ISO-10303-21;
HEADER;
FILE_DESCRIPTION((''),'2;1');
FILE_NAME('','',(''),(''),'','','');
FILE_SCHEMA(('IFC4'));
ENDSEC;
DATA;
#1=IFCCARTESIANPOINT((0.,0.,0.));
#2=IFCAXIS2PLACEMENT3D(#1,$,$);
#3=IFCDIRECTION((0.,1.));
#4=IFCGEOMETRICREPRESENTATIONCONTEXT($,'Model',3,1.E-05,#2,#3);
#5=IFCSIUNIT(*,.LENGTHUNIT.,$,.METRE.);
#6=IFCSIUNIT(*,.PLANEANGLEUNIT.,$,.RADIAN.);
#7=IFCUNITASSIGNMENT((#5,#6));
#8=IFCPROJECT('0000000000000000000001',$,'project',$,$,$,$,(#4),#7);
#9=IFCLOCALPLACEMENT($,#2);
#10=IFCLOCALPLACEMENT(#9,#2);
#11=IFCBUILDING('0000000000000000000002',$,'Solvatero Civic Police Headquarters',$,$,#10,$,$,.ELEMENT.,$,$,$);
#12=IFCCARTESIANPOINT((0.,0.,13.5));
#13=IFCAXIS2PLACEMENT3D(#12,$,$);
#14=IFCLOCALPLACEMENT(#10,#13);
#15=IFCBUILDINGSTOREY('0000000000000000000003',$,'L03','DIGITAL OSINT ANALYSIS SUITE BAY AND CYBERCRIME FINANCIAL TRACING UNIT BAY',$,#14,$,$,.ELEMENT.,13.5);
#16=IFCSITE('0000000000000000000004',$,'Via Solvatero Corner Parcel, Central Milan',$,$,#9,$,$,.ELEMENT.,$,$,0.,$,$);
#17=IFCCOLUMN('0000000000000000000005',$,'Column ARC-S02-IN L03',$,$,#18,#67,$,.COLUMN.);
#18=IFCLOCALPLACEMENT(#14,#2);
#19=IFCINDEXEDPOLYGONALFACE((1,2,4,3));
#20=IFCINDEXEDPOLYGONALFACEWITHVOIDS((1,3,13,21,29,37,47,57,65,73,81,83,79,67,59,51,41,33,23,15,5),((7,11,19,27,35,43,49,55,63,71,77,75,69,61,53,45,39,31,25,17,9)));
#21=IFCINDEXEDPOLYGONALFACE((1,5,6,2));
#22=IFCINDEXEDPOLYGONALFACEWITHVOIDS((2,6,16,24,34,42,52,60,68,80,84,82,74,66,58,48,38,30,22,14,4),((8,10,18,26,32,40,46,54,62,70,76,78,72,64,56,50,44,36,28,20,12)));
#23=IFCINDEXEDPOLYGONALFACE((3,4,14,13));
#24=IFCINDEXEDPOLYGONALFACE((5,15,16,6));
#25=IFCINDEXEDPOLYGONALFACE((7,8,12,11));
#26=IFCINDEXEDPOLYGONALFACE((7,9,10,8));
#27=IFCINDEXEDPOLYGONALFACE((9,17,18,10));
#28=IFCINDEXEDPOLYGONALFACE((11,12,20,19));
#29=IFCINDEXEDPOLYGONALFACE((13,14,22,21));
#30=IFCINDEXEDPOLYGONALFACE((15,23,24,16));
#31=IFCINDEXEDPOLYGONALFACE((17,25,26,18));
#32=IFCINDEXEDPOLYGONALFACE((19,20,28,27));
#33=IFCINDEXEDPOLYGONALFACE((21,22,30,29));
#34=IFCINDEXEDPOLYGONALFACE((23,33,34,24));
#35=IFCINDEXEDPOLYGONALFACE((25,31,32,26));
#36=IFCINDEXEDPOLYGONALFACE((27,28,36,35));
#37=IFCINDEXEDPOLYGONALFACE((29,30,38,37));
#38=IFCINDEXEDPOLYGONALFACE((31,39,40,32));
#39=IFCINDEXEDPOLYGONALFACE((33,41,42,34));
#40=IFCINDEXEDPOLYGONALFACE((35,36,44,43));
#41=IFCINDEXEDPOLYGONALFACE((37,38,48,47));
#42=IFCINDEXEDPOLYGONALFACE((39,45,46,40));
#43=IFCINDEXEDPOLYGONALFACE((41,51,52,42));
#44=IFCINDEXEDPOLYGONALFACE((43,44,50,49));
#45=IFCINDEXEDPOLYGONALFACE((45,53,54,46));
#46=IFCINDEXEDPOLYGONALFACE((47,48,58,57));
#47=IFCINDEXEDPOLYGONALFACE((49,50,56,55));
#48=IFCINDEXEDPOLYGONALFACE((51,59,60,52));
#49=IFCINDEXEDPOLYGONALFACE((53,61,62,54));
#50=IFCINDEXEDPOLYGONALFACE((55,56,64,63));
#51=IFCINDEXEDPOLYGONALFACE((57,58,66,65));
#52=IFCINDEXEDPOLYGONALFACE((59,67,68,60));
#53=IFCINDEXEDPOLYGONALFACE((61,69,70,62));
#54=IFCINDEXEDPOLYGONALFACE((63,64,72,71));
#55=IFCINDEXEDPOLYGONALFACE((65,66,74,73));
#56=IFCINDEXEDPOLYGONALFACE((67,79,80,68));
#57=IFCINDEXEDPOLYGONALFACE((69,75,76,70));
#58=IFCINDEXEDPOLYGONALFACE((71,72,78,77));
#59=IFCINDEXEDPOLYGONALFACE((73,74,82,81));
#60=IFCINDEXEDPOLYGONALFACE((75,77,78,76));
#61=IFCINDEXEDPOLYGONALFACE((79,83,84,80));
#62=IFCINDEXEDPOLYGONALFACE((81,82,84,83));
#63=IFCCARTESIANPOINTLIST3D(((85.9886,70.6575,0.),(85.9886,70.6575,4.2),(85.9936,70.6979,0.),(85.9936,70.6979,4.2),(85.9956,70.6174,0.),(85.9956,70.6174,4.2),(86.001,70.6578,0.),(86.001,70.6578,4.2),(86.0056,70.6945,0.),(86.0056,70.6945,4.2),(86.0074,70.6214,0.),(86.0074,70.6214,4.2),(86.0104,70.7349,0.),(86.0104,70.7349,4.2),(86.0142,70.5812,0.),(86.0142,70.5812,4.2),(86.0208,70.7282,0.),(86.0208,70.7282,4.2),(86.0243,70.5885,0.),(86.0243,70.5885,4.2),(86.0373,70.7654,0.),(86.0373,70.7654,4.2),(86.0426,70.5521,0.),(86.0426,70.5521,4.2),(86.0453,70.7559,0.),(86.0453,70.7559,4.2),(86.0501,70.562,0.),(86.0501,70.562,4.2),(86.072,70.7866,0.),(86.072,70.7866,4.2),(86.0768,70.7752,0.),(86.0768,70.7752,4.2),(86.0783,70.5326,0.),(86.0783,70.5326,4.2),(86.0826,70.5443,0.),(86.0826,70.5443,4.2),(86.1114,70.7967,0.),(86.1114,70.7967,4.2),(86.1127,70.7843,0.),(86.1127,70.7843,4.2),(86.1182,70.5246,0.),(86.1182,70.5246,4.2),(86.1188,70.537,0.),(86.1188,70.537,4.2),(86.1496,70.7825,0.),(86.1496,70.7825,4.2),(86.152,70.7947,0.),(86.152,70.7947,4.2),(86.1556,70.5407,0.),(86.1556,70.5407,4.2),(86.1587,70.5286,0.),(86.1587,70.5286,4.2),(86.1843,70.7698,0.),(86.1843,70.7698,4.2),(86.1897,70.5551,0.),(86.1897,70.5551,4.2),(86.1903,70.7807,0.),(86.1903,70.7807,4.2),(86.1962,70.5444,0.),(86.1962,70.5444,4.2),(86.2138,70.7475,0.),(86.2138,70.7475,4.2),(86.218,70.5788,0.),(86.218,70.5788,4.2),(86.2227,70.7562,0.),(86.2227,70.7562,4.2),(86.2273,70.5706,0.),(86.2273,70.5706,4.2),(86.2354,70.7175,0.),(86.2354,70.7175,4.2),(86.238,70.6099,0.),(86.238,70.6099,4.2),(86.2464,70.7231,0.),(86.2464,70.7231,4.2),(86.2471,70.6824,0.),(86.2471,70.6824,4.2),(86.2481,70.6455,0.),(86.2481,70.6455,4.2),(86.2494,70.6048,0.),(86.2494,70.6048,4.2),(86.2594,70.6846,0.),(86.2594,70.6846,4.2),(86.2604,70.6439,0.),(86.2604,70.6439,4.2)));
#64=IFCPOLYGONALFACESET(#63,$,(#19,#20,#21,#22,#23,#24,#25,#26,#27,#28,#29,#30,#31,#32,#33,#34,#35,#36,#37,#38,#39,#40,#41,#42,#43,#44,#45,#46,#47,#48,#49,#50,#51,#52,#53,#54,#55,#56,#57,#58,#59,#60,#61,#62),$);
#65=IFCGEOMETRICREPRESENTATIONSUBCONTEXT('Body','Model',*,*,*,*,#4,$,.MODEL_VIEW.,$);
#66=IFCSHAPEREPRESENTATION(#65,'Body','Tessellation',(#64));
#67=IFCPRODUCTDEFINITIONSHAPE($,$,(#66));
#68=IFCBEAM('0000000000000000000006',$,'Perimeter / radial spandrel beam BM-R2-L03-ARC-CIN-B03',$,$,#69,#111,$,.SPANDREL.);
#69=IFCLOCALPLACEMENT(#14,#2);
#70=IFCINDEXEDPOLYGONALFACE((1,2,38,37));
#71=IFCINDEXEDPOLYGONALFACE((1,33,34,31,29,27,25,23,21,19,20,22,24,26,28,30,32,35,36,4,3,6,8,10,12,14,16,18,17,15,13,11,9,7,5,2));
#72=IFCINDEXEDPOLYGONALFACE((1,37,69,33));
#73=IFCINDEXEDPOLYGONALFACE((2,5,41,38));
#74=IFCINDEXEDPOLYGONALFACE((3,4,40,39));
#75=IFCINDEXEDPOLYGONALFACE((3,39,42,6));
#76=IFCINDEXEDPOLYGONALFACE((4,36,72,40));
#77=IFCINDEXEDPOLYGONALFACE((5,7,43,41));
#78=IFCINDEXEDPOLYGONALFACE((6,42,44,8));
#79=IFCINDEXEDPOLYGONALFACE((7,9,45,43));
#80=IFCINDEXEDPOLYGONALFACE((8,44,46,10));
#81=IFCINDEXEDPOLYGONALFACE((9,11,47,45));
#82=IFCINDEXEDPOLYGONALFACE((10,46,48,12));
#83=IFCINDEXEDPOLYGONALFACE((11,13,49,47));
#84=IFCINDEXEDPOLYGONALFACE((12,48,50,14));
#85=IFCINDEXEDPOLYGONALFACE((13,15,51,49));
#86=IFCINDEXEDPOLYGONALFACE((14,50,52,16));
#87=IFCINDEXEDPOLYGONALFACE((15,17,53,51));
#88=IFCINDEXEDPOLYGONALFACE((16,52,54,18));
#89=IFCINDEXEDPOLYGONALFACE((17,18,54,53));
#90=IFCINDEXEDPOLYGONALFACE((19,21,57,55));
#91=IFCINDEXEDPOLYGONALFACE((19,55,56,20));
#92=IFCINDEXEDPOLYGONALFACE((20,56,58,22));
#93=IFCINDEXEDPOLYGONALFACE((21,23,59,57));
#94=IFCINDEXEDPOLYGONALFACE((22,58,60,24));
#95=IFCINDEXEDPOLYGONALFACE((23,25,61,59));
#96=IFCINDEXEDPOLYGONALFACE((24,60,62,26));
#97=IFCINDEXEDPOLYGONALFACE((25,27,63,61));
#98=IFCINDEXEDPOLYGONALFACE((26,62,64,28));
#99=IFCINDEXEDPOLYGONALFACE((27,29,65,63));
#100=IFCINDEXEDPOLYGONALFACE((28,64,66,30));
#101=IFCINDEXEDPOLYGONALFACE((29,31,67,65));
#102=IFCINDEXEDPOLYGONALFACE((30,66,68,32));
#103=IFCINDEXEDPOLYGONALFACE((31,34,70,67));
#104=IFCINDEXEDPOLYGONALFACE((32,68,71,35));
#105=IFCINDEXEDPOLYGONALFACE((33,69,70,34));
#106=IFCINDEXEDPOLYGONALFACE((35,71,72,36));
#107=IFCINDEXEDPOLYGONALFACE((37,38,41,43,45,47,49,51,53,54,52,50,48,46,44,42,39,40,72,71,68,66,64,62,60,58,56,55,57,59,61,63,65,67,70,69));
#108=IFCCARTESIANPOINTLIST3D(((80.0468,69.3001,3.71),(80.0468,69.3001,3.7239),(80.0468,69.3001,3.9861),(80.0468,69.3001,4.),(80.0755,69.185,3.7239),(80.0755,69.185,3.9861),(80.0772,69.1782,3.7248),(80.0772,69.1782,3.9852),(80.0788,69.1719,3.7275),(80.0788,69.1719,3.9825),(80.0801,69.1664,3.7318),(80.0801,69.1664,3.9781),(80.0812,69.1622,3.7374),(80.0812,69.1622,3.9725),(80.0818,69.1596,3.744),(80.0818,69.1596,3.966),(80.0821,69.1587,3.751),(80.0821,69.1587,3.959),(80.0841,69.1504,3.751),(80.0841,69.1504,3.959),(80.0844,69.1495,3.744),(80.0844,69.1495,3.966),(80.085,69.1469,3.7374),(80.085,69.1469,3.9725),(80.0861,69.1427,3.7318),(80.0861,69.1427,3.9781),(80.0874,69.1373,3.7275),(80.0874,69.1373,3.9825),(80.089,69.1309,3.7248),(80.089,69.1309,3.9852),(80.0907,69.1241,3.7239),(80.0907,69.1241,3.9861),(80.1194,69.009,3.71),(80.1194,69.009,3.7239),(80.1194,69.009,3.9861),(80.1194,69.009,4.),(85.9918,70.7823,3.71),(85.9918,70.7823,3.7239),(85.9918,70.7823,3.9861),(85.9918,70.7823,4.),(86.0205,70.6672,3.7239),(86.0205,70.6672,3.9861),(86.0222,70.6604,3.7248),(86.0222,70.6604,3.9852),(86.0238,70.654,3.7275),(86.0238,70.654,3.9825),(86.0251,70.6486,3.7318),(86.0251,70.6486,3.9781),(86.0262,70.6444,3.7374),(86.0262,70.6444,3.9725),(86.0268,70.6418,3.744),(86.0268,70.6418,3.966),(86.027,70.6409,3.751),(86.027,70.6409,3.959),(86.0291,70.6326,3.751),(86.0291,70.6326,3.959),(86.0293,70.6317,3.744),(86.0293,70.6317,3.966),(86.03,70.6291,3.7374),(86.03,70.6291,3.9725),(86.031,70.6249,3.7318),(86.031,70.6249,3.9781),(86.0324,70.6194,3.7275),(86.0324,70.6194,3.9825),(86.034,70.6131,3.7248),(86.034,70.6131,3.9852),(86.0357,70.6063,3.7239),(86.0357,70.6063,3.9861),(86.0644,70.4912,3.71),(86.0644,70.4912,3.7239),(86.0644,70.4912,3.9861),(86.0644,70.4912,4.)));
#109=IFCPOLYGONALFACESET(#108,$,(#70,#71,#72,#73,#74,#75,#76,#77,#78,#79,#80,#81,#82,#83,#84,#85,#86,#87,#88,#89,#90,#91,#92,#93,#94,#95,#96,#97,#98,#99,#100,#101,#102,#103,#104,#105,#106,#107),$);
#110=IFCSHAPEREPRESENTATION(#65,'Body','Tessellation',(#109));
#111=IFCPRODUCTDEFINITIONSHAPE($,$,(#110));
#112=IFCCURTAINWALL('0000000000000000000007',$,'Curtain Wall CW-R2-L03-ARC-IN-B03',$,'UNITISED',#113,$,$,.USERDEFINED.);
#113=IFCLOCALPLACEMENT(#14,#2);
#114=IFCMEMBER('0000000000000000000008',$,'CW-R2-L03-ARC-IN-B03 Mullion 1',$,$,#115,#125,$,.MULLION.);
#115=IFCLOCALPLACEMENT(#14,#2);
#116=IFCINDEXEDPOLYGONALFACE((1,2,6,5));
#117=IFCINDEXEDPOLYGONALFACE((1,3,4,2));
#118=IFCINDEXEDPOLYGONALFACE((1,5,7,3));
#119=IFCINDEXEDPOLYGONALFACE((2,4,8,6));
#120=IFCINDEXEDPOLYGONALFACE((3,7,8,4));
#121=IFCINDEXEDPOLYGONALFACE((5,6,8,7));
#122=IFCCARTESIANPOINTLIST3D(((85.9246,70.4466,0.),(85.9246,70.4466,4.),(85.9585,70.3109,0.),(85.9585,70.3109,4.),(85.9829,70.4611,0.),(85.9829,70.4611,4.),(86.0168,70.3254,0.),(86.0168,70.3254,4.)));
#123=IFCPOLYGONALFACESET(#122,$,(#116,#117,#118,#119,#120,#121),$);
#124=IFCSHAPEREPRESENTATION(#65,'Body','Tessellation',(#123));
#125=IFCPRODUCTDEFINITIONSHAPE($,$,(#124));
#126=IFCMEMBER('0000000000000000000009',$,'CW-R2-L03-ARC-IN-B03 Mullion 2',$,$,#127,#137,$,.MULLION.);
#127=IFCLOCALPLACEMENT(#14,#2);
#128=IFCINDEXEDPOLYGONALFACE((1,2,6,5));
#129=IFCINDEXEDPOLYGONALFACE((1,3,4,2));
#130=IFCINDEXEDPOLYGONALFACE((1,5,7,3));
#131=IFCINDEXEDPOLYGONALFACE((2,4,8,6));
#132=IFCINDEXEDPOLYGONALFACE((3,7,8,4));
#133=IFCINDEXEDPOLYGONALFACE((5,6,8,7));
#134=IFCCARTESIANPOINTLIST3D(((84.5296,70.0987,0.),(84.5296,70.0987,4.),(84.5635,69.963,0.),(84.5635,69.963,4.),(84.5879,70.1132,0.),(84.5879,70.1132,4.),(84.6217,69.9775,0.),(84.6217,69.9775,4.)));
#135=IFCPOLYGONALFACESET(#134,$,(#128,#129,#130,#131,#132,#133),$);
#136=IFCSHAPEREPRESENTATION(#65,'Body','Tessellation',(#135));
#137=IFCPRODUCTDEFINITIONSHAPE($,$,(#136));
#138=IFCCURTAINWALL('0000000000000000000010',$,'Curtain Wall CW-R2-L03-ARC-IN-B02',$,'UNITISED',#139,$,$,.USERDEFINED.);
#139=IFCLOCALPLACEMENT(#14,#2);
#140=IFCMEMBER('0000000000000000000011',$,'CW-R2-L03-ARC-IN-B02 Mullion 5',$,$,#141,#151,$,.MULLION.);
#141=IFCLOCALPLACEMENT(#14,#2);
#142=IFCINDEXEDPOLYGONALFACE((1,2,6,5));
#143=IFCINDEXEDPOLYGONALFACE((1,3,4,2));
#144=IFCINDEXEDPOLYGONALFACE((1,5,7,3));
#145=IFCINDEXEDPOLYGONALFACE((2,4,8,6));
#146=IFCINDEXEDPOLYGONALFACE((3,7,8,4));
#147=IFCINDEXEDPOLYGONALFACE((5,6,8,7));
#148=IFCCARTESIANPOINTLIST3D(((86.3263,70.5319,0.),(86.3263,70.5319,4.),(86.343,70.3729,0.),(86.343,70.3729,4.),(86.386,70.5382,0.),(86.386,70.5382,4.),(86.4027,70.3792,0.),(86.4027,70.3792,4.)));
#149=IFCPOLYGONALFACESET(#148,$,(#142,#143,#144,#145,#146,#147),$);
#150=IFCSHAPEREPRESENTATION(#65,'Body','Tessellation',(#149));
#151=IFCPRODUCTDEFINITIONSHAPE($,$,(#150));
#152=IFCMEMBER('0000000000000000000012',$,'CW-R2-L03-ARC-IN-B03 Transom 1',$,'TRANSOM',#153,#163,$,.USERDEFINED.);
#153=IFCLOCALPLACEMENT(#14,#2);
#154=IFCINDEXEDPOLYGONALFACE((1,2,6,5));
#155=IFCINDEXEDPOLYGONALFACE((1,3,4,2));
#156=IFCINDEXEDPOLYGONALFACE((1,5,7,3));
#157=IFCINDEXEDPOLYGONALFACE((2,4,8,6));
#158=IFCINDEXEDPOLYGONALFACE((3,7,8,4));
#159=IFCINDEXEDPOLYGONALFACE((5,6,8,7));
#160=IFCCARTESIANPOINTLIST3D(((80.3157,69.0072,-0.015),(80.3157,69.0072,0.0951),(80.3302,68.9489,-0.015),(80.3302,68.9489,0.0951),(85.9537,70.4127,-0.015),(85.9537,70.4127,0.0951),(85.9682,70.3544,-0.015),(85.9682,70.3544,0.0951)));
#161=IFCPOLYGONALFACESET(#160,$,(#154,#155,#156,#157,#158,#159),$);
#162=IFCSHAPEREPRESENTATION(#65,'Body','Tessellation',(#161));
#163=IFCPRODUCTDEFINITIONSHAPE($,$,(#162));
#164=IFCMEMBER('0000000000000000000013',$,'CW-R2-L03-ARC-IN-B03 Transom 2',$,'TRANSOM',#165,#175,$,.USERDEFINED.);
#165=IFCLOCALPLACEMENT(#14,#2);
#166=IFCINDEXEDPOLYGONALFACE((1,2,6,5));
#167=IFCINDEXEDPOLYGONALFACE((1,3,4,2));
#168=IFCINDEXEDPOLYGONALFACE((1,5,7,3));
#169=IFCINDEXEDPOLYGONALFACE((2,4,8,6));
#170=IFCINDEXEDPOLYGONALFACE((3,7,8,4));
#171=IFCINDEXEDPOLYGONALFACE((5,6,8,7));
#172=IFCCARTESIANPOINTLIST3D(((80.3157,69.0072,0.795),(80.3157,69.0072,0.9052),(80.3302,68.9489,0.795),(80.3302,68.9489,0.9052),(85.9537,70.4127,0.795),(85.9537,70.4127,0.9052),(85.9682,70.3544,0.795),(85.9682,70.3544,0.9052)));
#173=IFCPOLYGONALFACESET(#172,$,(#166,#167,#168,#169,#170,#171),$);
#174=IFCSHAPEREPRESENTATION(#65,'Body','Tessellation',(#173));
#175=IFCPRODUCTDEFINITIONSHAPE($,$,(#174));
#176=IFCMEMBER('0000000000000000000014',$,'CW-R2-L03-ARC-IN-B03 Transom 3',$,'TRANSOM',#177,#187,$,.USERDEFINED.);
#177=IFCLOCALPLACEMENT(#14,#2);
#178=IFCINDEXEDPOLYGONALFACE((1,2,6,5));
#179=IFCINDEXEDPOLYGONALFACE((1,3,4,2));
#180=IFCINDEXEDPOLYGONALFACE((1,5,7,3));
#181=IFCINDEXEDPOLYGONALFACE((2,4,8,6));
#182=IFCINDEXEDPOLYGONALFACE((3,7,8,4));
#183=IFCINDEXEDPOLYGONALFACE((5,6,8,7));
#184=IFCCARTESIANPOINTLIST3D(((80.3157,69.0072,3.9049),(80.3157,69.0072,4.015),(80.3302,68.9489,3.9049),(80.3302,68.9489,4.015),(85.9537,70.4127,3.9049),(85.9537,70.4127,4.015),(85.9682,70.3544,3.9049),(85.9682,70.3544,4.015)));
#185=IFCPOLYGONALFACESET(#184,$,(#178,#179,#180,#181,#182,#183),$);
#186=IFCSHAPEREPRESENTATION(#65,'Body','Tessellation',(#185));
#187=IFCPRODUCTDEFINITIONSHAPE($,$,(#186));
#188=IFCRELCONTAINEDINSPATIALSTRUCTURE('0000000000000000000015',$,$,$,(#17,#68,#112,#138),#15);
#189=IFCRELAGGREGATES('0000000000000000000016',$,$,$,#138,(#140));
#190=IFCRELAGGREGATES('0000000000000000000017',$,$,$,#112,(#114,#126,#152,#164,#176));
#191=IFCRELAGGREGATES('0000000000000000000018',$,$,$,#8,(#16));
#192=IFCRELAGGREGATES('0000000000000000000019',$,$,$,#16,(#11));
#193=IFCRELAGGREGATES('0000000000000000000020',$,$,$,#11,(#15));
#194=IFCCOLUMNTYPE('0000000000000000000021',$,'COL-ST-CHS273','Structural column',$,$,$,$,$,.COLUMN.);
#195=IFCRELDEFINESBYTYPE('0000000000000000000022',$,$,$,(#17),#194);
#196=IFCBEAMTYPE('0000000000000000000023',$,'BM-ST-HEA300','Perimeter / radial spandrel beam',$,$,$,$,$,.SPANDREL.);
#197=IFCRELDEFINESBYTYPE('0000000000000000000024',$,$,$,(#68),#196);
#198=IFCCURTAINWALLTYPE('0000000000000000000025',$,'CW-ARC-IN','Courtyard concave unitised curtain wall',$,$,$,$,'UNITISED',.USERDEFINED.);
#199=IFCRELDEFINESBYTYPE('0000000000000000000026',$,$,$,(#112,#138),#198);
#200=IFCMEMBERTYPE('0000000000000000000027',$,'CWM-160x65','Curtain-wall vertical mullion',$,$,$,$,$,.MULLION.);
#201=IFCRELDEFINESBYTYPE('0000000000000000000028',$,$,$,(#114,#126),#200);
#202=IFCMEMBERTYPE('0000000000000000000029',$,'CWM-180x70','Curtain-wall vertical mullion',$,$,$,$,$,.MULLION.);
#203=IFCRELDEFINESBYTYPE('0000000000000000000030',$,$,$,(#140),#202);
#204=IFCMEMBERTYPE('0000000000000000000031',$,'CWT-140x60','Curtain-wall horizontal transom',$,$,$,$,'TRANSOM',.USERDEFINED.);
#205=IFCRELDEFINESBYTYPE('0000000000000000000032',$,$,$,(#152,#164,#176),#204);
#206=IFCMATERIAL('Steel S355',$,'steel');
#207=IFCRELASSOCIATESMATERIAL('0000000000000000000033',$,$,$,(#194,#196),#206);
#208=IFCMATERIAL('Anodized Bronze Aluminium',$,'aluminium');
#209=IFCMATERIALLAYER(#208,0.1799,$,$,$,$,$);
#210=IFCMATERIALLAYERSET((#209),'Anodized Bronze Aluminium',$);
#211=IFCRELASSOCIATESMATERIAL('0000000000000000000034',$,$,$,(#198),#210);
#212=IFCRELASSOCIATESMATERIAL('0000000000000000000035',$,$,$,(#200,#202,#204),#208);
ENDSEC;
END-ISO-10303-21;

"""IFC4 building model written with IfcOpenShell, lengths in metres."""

from ifc_helpers import new_model, si_unit, direction, frame, origin, origin_2d, place, context, subcontext, project, spatial, rectangle, hollow_circle, i_section, extrude, material, layer, layer_set, material_profile, profile_set, type_object, element, aggregate, save


model = new_model("IFC4")

# Units and contexts
model_context = context("Model", 3, precision=1e-05, world=origin(), true_north=direction((0.0, 1.0)))
body_context = subcontext(model_context, "Body", "Model", "MODEL_VIEW")
ifc_project = project(units=[si_unit("LENGTHUNIT", "METRE"), si_unit("PLANEANGLEUNIT", "RADIAN")], contexts=[model_context])

# Site, building, storey
site_placement = place(None, origin())
site = spatial("IfcSite", under=ifc_project, at=site_placement, Name="Via Solvatero Corner Parcel, Central Milan", CompositionType="ELEMENT", RefElevation=0.0)
building_placement = place(site_placement, origin())
building = spatial("IfcBuilding", under=site, at=building_placement, Name="Solvatero Civic Police Headquarters", CompositionType="ELEMENT")
storey_placement = place(building_placement, frame((0.0, 0.0, 13.5)))
storey = spatial("IfcBuildingStorey", under=building, at=storey_placement, Name="L03", Description="DIGITAL OSINT ANALYSIS SUITE BAY AND CYBERCRIME FINANCIAL TRACING UNIT BAY", CompositionType="ELEMENT", Elevation=13.5)

# Column
ifc_material_1 = material(Name="Steel S355", Category="steel")
ifc_material_profile_1 = material_profile(ifc_material_1, hollow_circle(Radius=0.1365, WallThickness=0.0125, at=origin_2d()), Name="CHS 273.0x12.5")
ifc_profile_set_1 = profile_set([ifc_material_profile_1], Name="Steel S355")
column_type = type_object("IfcColumnType", Name="COL-ST-CHS273", Description="Structural column", PredefinedType="COLUMN", material=ifc_profile_set_1)
column_placement = place(storey_placement, frame((86.125, 70.6609, 0.0), z_axis=(0.0, 0.0, 1.0), x_axis=(0.984808, 0.173648, 0.0)))
element("IfcColumn", 1, at=column_placement, inside=storey, type_object=column_type, Name="Column ARC-S02-IN L03", PredefinedType="COLUMN", context=body_context, shape_type="SweptSolid", body=[
    extrude(hollow_circle(Radius=0.1365, WallThickness=0.0125, at=origin_2d()), origin(), (0.0, 0.0, 1.0), 4.2),
])

# Beam
ifc_material_profile_2 = material_profile(ifc_material_1, i_section(OverallWidth=0.3, OverallDepth=0.29, WebThickness=0.0085, FlangeThickness=0.0139, FilletRadius=0.0271, at=origin_2d()), Name="HEA 300")
ifc_profile_set_2 = profile_set([ifc_material_profile_2], Name="Steel S355")
beam_type = type_object("IfcBeamType", Name="BM-ST-HEA300", Description="Perimeter / radial spandrel beam", PredefinedType="SPANDREL", material=ifc_profile_set_2)
beam_placement = place(storey_placement, frame((86.0281, 70.6367, 3.855), z_axis=(-0.970299, -0.241907, 0.0), x_axis=(0.241907, -0.970299, 0.0)))
element("IfcBeam", 2, at=beam_placement, inside=storey, type_object=beam_type, Name="Perimeter / radial spandrel beam BM-R2-L03-ARC-CIN-B03", PredefinedType="SPANDREL", context=body_context, shape_type="SweptSolid", body=[
    extrude(i_section(OverallWidth=0.3, OverallDepth=0.29, WebThickness=0.0085, FlangeThickness=0.0139, FilletRadius=0.0271, at=origin_2d()), origin(), (0.0, 0.0, 1.0), 6.127),
])

# Curtain wall, members
ifc_material_2 = material(Name="Anodized Bronze Aluminium", Category="aluminium")
ifc_layer_1 = layer(ifc_material_2, 0.1799)
ifc_layer_set_1 = layer_set([ifc_layer_1], Name="Anodized Bronze Aluminium")
curtain_wall_type = type_object("IfcCurtainWallType", Name="CW-ARC-IN", Description="Courtyard concave unitised curtain wall", ElementType="UNITISED", PredefinedType="USERDEFINED", material=ifc_layer_set_1)
curtain_wall_1_placement = place(storey_placement, origin())
curtain_wall_1 = element("IfcCurtainWall", 3, at=curtain_wall_1_placement, inside=storey, type_object=curtain_wall_type, Name="Curtain Wall CW-R2-L03-ARC-IN-B03", ObjectType="UNITISED", PredefinedType="USERDEFINED")
ifc_material_profile_3 = material_profile(ifc_material_2, rectangle(XDim=0.0601, YDim=0.1399, at=origin_2d()), Name="ALU MULLION 60x140")
ifc_profile_set_3 = profile_set([ifc_material_profile_3], Name="Anodized Bronze Aluminium")
member_type_1 = type_object("IfcMemberType", Name="CWM-160x65", Description="Curtain-wall vertical mullion", PredefinedType="MULLION", material=ifc_profile_set_3)
member_1_placement = place(storey_placement, frame((85.9707, 70.386, 0.0), z_axis=(0.0, 0.0, 1.0), x_axis=(-0.9703, -0.241905, 0.0)))
member_1 = element("IfcMember", 4, at=member_1_placement, type_object=member_type_1, Name="CW-R2-L03-ARC-IN-B03 Mullion 1", PredefinedType="MULLION", context=body_context, shape_type="SweptSolid", body=[
    extrude(rectangle(XDim=0.0601, YDim=0.1399, at=origin_2d()), origin(), (0.0, 0.0, 1.0), 4.0),
])
member_2_placement = place(storey_placement, frame((84.5757, 70.0381, 0.0), z_axis=(0.0, 0.0, 1.0), x_axis=(-0.9703, -0.241905, 0.0)))
member_2 = element("IfcMember", 5, at=member_2_placement, type_object=member_type_1, Name="CW-R2-L03-ARC-IN-B03 Mullion 2", PredefinedType="MULLION", context=body_context, shape_type="SweptSolid", body=[
    extrude(rectangle(XDim=0.0601, YDim=0.1399, at=origin_2d()), origin(), (0.0, 0.0, 1.0), 4.0),
])

# Curtain wall, member
curtain_wall_2_placement = place(storey_placement, origin())
curtain_wall_2 = element("IfcCurtainWall", 6, at=curtain_wall_2_placement, inside=storey, type_object=curtain_wall_type, Name="Curtain Wall CW-R2-L03-ARC-IN-B02", ObjectType="UNITISED", PredefinedType="USERDEFINED")
ifc_material_profile_4 = material_profile(ifc_material_2, rectangle(XDim=0.0601, YDim=0.1599, at=origin_2d()), Name="ALU MULLION 60x160")
ifc_profile_set_4 = profile_set([ifc_material_profile_4], Name="Anodized Bronze Aluminium")
member_type_2 = type_object("IfcMemberType", Name="CWM-180x70", Description="Curtain-wall vertical mullion", PredefinedType="MULLION", material=ifc_profile_set_4)
member_3_placement = place(storey_placement, frame((86.3645, 70.4556, 0.0), z_axis=(0.0, 0.0, 1.0), x_axis=(-0.994522, -0.104528, 0.0)))
member_3 = element("IfcMember", 7, at=member_3_placement, type_object=member_type_2, Name="CW-R2-L03-ARC-IN-B02 Mullion 5", PredefinedType="MULLION", context=body_context, shape_type="SweptSolid", body=[
    extrude(rectangle(XDim=0.0601, YDim=0.1599, at=origin_2d()), origin(), (0.0, 0.0, 1.0), 4.0),
])
aggregate(curtain_wall_2, [member_3])

# Members
ifc_material_profile_5 = material_profile(ifc_material_2, rectangle(XDim=0.0601, YDim=0.1101, at=origin_2d()), Name="ALU TRANSOM 60x110")
ifc_profile_set_5 = profile_set([ifc_material_profile_5], Name="Anodized Bronze Aluminium")
member_type_3 = type_object("IfcMemberType", Name="CWT-140x60", Description="Curtain-wall horizontal transom", ElementType="TRANSOM", PredefinedType="USERDEFINED", material=ifc_profile_set_5)
member_4_placement = place(storey_placement, frame((85.9609, 70.3835, 0.04), z_axis=(-0.970303, -0.241893, 0.0), x_axis=(0.241893, -0.970303, 0.0)))
member_4 = element("IfcMember", 8, at=member_4_placement, type_object=member_type_3, Name="CW-R2-L03-ARC-IN-B03 Transom 1", ObjectType="TRANSOM", PredefinedType="USERDEFINED", context=body_context, shape_type="SweptSolid", body=[
    extrude(rectangle(XDim=0.0601, YDim=0.1101, at=origin_2d()), origin(), (0.0, 0.0, 1.0), 5.8105),
])
member_5_placement = place(storey_placement, frame((85.9609, 70.3835, 0.8501), z_axis=(-0.970303, -0.241893, 0.0), x_axis=(0.241893, -0.970303, 0.0)))
member_5 = element("IfcMember", 9, at=member_5_placement, type_object=member_type_3, Name="CW-R2-L03-ARC-IN-B03 Transom 2", ObjectType="TRANSOM", PredefinedType="USERDEFINED", context=body_context, shape_type="SweptSolid", body=[
    extrude(rectangle(XDim=0.0601, YDim=0.1101, at=origin_2d()), origin(), (0.0, 0.0, 1.0), 5.8105),
])
member_6_placement = place(storey_placement, frame((85.9609, 70.3835, 3.96), z_axis=(-0.970303, -0.241893, 0.0), x_axis=(0.241893, -0.970303, 0.0)))
member_6 = element("IfcMember", 10, at=member_6_placement, type_object=member_type_3, Name="CW-R2-L03-ARC-IN-B03 Transom 3", ObjectType="TRANSOM", PredefinedType="USERDEFINED", context=body_context, shape_type="SweptSolid", body=[
    extrude(rectangle(XDim=0.0601, YDim=0.1101, at=origin_2d()), origin(), (0.0, 0.0, 1.0), 5.8105),
])

aggregate(curtain_wall_1, [member_1, member_2, member_4, member_5, member_6])

save(model, "model.ifc")
